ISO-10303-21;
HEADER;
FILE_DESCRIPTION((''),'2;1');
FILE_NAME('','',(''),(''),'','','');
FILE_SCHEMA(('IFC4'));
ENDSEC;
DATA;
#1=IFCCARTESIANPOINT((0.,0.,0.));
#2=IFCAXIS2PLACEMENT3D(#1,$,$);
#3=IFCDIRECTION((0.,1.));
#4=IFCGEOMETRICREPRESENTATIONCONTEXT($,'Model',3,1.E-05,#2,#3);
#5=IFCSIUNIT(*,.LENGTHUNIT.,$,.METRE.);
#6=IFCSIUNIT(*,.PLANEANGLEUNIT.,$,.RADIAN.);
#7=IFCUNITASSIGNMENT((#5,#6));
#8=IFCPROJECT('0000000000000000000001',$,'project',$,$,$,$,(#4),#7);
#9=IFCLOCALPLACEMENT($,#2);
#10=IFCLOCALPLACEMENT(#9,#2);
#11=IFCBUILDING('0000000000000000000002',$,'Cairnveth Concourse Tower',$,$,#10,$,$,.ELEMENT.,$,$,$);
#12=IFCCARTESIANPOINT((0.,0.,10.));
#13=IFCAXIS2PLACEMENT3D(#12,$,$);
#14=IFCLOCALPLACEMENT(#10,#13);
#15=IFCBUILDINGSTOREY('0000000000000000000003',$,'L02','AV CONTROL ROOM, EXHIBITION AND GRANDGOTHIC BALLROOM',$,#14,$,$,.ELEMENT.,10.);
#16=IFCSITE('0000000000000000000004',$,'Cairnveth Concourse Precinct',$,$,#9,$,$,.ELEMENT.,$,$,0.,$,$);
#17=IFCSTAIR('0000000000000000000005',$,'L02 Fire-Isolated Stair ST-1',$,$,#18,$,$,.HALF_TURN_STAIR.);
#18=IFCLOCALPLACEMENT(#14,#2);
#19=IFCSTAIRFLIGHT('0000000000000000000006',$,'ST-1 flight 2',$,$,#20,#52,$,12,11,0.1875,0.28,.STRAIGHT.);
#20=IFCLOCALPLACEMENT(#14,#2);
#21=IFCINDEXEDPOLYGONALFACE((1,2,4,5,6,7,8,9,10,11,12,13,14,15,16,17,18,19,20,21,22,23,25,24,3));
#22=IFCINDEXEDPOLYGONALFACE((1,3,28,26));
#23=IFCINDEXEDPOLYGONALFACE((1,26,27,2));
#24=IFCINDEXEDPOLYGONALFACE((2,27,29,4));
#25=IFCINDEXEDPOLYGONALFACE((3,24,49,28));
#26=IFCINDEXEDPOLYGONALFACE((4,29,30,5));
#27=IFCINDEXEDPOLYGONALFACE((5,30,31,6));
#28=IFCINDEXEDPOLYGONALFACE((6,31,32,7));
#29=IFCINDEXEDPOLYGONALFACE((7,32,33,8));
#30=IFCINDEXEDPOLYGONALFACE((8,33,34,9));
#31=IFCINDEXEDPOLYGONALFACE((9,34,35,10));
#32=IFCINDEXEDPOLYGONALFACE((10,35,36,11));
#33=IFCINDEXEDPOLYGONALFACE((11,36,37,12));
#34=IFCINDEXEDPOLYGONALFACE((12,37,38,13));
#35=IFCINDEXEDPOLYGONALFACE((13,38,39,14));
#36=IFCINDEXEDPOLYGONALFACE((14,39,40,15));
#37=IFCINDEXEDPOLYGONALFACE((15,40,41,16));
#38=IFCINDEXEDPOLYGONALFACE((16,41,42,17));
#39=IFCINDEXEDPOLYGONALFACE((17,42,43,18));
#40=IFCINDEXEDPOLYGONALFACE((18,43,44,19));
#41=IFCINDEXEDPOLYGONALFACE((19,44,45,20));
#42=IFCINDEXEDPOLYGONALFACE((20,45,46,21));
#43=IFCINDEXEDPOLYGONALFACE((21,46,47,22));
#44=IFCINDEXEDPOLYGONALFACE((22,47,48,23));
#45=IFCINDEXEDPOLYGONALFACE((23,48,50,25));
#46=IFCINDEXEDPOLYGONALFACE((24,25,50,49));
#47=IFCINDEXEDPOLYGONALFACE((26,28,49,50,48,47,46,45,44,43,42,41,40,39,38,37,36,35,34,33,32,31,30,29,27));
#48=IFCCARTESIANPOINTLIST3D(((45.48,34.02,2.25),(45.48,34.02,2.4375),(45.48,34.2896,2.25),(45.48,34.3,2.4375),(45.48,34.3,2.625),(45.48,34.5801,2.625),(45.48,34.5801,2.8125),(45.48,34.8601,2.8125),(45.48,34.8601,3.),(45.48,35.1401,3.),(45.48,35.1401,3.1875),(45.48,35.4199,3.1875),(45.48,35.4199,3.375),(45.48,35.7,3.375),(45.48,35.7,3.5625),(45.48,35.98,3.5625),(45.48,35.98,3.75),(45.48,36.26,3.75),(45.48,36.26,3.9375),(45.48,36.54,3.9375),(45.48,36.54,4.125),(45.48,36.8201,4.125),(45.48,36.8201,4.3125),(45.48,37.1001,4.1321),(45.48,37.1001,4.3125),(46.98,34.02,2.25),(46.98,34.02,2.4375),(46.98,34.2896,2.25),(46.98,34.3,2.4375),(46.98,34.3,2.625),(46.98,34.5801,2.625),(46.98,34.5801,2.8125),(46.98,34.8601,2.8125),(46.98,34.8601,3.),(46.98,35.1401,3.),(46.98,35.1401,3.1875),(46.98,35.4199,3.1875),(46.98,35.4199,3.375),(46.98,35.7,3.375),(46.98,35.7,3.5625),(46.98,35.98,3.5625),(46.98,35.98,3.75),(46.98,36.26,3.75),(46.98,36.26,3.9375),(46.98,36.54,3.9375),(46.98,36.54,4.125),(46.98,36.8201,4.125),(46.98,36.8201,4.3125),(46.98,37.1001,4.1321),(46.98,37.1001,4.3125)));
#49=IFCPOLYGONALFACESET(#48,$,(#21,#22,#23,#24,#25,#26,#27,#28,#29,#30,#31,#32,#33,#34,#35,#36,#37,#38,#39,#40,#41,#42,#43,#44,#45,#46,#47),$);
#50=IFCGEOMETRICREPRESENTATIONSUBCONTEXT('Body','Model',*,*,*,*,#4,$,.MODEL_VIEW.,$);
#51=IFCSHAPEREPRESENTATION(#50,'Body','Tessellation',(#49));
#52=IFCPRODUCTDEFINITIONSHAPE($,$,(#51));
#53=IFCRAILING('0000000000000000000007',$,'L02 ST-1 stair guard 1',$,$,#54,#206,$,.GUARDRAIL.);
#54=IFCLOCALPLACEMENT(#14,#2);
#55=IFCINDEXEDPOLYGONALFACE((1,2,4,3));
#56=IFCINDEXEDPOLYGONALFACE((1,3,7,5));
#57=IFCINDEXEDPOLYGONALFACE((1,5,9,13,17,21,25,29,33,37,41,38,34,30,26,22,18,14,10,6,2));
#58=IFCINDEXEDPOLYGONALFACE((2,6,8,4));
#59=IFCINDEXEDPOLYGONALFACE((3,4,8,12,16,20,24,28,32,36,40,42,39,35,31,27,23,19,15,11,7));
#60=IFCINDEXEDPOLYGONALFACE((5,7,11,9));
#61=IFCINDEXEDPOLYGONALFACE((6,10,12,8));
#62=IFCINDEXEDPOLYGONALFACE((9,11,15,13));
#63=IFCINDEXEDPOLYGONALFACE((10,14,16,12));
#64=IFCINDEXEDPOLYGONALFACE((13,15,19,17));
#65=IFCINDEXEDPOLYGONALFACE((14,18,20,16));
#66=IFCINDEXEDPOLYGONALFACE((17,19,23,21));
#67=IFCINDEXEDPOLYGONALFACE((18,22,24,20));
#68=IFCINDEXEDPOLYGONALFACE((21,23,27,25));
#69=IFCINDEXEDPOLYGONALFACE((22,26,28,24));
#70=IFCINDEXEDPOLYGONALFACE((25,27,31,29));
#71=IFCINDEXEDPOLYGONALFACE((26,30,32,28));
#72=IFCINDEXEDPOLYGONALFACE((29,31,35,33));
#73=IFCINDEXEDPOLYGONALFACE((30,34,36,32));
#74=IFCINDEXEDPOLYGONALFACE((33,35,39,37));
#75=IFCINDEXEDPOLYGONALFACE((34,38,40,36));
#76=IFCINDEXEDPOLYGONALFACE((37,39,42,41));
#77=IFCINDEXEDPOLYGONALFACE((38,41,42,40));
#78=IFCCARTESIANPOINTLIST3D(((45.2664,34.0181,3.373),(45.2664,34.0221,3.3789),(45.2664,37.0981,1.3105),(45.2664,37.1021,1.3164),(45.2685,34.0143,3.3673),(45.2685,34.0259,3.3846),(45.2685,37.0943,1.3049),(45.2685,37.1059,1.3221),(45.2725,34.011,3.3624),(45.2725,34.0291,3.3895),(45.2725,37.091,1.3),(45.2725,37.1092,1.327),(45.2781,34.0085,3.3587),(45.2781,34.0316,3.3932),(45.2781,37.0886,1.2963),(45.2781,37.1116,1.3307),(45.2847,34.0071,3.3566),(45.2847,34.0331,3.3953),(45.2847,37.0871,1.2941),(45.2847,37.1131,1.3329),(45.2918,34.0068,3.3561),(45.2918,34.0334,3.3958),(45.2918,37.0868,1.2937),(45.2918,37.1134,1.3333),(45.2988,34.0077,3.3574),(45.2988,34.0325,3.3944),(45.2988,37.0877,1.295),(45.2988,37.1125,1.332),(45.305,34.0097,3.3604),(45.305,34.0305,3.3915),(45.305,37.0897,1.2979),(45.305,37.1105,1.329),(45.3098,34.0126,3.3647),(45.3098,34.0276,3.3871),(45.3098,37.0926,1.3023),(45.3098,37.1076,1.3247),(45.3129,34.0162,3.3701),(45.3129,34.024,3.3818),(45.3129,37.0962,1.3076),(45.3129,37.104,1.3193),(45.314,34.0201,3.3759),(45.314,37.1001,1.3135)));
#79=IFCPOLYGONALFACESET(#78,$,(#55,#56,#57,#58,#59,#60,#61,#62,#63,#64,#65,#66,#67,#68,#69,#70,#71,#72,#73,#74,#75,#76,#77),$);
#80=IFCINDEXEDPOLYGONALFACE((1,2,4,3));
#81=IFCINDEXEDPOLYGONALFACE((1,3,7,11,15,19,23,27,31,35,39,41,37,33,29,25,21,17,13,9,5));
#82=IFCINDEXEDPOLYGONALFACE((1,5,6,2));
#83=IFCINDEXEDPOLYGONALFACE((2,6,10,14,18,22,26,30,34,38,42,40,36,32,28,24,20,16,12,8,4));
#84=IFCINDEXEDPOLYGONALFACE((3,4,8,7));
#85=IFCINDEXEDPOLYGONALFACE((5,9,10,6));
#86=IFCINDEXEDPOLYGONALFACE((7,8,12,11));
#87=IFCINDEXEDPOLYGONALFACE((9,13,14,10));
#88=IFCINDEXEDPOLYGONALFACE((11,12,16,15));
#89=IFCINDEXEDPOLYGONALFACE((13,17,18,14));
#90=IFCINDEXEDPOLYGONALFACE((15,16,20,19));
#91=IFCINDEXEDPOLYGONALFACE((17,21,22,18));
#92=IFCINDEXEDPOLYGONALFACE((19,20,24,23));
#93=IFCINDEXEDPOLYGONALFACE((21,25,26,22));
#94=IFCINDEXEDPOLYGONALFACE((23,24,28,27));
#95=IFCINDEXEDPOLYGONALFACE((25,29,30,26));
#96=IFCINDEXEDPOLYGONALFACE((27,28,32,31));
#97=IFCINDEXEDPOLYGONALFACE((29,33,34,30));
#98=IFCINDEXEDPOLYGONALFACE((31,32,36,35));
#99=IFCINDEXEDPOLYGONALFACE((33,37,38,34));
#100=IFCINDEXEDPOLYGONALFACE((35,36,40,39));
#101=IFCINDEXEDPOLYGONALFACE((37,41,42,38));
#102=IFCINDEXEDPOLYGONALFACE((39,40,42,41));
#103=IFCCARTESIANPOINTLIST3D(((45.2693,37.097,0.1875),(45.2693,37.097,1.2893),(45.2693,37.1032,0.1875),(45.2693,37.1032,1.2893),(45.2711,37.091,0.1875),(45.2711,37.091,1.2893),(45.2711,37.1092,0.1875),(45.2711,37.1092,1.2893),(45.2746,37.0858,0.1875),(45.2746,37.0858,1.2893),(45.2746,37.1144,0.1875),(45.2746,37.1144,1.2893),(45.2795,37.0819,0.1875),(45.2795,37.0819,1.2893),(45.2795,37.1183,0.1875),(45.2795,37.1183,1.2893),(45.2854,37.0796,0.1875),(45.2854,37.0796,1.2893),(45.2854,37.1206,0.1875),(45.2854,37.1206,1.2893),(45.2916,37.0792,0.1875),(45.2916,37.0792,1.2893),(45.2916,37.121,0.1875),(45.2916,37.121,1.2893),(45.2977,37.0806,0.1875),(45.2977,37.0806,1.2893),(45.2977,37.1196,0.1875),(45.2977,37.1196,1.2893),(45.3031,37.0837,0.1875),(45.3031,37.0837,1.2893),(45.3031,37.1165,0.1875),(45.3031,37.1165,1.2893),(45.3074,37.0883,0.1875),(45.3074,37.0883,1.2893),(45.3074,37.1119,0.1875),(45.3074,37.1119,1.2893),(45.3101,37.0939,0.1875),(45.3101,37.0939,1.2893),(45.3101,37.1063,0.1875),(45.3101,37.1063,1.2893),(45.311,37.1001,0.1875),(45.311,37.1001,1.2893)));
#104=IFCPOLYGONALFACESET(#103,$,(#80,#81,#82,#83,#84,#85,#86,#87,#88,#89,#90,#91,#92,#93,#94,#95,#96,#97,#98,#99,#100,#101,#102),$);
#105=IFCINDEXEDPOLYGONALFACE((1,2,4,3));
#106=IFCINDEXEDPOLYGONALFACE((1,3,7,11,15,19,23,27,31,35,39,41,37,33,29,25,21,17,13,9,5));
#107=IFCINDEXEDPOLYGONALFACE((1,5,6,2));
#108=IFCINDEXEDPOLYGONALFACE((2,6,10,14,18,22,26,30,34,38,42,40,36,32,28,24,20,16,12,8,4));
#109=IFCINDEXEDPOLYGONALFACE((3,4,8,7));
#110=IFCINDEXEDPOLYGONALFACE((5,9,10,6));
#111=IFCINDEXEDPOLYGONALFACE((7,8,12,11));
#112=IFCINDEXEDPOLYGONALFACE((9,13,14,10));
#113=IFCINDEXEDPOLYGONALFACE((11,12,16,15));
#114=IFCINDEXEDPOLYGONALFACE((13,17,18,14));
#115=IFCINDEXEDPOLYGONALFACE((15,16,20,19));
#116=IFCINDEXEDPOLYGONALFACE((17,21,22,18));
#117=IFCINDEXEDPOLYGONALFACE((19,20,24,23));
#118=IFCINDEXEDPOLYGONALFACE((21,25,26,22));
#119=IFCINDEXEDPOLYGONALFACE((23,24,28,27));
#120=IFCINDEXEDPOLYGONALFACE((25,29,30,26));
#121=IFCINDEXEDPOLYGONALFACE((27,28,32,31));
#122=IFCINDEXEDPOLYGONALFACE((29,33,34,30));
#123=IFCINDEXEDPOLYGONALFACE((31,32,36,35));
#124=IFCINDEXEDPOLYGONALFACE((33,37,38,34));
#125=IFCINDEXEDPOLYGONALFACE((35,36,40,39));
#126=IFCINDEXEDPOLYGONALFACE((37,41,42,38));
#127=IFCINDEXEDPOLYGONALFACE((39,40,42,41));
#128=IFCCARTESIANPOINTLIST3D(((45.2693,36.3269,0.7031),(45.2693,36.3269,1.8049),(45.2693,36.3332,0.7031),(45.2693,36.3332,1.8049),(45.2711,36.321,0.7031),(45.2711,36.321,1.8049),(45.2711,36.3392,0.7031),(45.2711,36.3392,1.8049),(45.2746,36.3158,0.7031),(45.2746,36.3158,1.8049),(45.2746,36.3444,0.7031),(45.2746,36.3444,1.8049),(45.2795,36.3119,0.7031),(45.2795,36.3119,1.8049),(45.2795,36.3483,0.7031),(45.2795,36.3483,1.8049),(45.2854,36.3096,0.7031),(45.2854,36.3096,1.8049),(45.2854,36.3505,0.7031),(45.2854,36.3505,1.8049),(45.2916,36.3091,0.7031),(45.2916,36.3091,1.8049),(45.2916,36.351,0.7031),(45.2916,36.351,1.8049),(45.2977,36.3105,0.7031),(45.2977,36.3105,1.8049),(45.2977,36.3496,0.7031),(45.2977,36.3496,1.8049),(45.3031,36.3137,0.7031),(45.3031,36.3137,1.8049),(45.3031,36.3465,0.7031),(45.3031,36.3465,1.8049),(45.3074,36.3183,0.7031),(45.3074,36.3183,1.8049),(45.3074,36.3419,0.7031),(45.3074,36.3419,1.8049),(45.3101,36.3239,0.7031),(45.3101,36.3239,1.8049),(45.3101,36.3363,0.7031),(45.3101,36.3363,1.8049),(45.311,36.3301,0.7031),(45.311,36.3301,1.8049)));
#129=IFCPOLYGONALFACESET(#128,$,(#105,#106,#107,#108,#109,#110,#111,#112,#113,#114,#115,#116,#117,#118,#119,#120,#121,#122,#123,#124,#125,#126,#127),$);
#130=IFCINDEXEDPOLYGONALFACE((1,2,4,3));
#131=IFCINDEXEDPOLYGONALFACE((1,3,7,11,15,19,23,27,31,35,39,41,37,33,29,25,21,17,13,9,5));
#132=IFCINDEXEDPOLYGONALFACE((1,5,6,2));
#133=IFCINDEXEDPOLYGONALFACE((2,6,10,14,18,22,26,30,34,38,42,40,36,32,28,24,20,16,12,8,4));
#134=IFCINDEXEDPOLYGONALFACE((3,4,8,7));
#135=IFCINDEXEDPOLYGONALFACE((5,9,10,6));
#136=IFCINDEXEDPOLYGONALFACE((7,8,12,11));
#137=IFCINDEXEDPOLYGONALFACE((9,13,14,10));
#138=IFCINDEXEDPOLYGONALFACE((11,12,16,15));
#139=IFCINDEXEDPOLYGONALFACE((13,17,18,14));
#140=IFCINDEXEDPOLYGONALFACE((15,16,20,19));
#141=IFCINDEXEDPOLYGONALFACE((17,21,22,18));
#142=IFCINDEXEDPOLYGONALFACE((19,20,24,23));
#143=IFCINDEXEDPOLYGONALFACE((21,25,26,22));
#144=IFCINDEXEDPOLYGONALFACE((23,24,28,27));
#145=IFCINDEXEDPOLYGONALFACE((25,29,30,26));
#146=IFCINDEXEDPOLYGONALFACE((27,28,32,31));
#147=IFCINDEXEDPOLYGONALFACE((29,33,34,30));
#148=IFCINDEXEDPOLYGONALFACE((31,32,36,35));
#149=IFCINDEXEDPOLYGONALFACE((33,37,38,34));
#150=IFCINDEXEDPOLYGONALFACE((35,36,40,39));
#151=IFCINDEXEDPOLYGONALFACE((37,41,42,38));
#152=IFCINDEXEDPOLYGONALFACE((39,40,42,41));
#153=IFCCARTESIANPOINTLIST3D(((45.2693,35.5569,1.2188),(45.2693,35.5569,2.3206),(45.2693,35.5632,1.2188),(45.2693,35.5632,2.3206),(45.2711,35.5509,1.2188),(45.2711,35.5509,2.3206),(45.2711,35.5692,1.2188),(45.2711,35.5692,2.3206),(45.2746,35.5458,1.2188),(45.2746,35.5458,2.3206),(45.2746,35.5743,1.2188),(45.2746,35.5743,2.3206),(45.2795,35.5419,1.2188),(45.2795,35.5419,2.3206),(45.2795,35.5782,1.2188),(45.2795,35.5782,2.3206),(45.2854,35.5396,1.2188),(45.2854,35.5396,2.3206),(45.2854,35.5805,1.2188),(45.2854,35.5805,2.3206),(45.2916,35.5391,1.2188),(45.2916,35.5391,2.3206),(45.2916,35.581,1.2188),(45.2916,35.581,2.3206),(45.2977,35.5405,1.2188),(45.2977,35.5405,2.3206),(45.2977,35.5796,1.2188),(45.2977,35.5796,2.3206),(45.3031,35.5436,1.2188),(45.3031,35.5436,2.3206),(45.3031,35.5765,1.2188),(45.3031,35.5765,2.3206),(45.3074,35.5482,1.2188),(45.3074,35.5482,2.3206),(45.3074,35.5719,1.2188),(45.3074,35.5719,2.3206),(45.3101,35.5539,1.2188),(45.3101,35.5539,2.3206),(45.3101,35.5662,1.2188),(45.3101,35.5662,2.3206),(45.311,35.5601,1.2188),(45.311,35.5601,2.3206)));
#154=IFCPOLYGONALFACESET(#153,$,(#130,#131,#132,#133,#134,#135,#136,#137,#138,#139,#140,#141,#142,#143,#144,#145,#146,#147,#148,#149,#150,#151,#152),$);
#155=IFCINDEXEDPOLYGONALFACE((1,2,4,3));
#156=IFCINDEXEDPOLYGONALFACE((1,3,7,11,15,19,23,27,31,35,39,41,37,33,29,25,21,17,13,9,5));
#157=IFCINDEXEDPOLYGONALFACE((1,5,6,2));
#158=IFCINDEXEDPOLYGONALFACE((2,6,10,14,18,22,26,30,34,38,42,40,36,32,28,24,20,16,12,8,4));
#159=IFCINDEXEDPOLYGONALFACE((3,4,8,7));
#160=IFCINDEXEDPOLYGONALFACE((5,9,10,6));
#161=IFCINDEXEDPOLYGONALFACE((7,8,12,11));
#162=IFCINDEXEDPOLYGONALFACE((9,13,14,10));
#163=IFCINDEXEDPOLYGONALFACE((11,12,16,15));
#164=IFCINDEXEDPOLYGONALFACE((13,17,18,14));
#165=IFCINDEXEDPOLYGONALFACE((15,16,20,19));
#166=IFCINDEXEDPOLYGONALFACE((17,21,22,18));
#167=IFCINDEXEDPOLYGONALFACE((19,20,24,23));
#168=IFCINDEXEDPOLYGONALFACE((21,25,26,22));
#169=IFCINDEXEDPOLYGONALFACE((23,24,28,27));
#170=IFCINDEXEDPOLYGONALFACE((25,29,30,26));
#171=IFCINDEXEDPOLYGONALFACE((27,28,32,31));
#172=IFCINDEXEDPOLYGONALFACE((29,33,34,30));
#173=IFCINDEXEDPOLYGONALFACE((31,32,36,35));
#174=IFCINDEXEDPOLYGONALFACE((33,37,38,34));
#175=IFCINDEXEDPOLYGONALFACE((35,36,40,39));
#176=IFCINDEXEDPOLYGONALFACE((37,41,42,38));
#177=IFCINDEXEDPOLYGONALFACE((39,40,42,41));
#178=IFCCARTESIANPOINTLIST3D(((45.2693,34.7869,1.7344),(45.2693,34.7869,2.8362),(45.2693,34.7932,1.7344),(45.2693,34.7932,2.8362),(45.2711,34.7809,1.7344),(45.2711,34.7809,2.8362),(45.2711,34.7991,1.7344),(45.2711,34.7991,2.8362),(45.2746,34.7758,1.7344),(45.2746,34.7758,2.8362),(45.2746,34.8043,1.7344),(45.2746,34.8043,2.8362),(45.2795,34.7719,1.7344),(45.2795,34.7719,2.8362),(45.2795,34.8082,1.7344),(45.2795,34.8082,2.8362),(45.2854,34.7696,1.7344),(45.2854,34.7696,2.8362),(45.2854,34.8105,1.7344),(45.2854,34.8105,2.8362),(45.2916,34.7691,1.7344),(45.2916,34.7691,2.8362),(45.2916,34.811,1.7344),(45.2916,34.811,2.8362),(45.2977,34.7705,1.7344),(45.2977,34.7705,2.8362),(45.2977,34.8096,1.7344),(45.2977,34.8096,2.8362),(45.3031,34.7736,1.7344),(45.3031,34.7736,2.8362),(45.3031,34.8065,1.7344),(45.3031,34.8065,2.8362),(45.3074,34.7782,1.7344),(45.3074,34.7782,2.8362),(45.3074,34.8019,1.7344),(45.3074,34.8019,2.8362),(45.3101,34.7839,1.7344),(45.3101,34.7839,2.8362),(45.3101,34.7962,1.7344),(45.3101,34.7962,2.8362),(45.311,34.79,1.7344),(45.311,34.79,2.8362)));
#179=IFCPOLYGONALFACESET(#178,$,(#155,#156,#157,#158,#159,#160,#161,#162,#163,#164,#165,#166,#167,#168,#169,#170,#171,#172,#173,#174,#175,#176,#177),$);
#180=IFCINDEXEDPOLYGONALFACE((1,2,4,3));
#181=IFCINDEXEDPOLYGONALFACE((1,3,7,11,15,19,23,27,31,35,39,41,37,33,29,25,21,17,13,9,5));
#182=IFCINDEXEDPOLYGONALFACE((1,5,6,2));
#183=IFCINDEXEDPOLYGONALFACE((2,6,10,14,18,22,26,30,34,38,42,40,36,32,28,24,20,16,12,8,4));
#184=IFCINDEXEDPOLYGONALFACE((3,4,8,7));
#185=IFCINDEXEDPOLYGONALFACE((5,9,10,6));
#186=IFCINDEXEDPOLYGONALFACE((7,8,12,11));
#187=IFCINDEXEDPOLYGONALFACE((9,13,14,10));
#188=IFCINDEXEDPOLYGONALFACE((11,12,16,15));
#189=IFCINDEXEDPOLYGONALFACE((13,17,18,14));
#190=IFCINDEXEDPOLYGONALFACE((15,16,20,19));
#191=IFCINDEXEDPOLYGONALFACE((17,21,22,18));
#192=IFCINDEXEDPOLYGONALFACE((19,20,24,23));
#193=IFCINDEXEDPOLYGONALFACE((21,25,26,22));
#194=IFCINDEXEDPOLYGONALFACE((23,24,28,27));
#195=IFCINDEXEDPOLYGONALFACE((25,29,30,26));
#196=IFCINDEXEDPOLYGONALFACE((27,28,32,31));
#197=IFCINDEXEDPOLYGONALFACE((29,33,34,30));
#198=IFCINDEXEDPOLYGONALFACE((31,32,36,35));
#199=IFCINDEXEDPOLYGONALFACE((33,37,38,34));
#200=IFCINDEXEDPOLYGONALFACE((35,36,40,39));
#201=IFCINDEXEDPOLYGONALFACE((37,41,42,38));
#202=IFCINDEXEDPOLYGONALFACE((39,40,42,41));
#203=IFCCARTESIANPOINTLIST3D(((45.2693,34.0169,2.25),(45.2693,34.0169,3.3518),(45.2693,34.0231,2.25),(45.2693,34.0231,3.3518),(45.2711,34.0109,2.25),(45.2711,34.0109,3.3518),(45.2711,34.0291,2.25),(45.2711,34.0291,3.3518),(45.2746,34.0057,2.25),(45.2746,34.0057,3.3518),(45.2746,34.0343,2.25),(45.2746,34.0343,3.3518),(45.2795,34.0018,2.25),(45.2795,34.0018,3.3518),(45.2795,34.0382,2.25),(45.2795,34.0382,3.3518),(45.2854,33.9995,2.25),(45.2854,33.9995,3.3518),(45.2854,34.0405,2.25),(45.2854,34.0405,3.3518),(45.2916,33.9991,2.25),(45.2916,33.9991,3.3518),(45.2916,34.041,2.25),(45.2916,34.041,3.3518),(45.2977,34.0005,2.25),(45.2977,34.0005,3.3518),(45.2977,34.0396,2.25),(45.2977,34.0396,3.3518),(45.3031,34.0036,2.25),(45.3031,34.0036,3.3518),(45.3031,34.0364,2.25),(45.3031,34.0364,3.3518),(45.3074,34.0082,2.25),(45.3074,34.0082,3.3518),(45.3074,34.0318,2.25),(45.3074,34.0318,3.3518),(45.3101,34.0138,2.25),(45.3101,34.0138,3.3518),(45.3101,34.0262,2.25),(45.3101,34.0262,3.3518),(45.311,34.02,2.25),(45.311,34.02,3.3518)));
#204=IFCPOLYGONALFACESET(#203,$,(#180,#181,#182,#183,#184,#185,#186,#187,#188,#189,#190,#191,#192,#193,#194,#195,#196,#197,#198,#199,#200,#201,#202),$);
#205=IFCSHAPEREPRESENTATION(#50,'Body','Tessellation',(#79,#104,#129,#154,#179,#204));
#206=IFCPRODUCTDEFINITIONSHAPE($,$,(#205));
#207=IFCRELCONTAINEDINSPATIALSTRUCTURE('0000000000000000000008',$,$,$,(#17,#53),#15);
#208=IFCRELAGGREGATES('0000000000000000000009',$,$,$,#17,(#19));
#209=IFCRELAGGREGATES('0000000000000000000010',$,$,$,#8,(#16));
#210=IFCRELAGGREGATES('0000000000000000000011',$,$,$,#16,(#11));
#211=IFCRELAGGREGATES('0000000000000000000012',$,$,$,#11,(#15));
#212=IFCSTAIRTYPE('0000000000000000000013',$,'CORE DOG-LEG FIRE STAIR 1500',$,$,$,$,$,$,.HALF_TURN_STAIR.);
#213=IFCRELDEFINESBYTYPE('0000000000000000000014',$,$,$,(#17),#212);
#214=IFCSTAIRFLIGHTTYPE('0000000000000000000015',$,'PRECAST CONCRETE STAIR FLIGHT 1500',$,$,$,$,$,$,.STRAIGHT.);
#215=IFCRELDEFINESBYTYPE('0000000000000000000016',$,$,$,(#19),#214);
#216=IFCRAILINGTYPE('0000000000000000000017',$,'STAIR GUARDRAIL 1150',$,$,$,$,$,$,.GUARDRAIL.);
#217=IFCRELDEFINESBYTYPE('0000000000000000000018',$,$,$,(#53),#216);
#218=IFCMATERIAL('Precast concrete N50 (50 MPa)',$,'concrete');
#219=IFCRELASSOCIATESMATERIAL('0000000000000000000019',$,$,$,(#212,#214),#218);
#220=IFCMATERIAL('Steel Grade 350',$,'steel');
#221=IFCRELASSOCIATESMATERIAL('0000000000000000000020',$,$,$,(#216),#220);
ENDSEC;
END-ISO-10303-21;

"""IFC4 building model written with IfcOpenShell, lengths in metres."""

from ifc_helpers import new_model, si_unit, direction, frame, origin, origin_2d, place, context, subcontext, project, spatial, polyline, circle, outline, extrude, material, type_object, element, aggregate, save


model = new_model("IFC4")

# Units and contexts
model_context = context("Model", 3, precision=1e-05, world=origin(), true_north=direction((0.0, 1.0)))
body_context = subcontext(model_context, "Body", "Model", "MODEL_VIEW")
ifc_project = project(units=[si_unit("LENGTHUNIT", "METRE"), si_unit("PLANEANGLEUNIT", "RADIAN")], contexts=[model_context])

# Site, building, storey
site_placement = place(None, origin())
site = spatial("IfcSite", under=ifc_project, at=site_placement, Name="Cairnveth Concourse Precinct", CompositionType="ELEMENT", RefElevation=0.0)
building_placement = place(site_placement, origin())
building = spatial("IfcBuilding", under=site, at=building_placement, Name="Cairnveth Concourse Tower", CompositionType="ELEMENT")
storey_placement = place(building_placement, frame((0.0, 0.0, 10.0)))
storey = spatial("IfcBuildingStorey", under=building, at=storey_placement, Name="L02", Description="AV CONTROL ROOM, EXHIBITION AND GRANDGOTHIC BALLROOM", CompositionType="ELEMENT", Elevation=10.0)

# Shared definitions
ifc_material_1 = material(Name="Precast concrete N50 (50 MPa)", Category="concrete")
ifc_material_2 = material(Name="Steel Grade 350", Category="steel")

# Stair, stair flight
stair_type = type_object("IfcStairType", Name="CORE DOG-LEG FIRE STAIR 1500", PredefinedType="HALF_TURN_STAIR", material=ifc_material_1)
stair_placement = place(storey_placement, origin())
stair = element("IfcStair", 1, at=stair_placement, inside=storey, type_object=stair_type, Name="L02 Fire-Isolated Stair ST-1", PredefinedType="HALF_TURN_STAIR")
stair_flight_type = type_object("IfcStairFlightType", Name="PRECAST CONCRETE STAIR FLIGHT 1500", PredefinedType="STRAIGHT", material=ifc_material_1)
stair_flight_1_placement = place(storey_placement, frame((46.23, 34.02, 2.25), z_axis=(0.0, 0.0, 1.0), x_axis=(0.0, 1.0, 0.0)))
stair_flight_1 = element("IfcStairFlight", 2, at=stair_flight_1_placement, type_object=stair_flight_type, Name="ST-1 flight 2", NumberOfRisers=12, NumberOfTreads=11, PredefinedType="STRAIGHT", RiserHeight=0.1875, TreadLength=0.28, context=body_context, shape_type="SweptSolid", body=[
    extrude(outline(polyline([(0.0, 0.0), (0.0, 0.1875), (0.28, 0.1875), (0.28, 0.375), (0.5601, 0.375), (0.5601, 0.5625), (0.8401, 0.5625), (0.8401, 0.75), (1.1201, 0.75), (1.1201, 0.9375), (1.3999, 0.9375), (1.3999, 1.125), (1.6799, 1.125), (1.6799, 1.3125), (1.96, 1.3125), (1.96, 1.5), (2.24, 1.5), (2.24, 1.6875), (2.52, 1.6875), (2.52, 1.875), (2.8, 1.875), (2.8, 2.0625), (3.0801, 2.0625), (3.0801, 2.25), (3.0801, 1.8821), (0.2695, 0.0), (0.0, 0.0)])), frame((0.0, 0.75, 0.0), z_axis=(0.0, -1.0, 0.0), x_axis=(1.0, 0.0, 0.0)), (0.0, 0.0, 1.0), 1.5),
])
aggregate(stair, [stair_flight_1])

# Railing
railing_type_1 = type_object("IfcRailingType", Name="STAIR GUARDRAIL 1150", PredefinedType="GUARDRAIL", material=ifc_material_2)
railing_1_placement = place(storey_placement, frame((45.29, 37.1001, 0.1875)))
element("IfcRailing", 3, at=railing_1_placement, inside=storey, type_object=railing_type_1, Name="L02 ST-1 stair guard 1", PredefinedType="GUARDRAIL", context=body_context, shape_type="SweptSolid", body=[
    extrude(circle(Radius=0.0239, at=origin_2d()), frame((0.0, 0.0, 1.126), z_axis=(0.0, -0.830914, 0.556401), x_axis=(1.0, 0.0, 0.0)), (0.0, 0.0, 1.0), 3.7068),
    extrude(circle(Radius=0.021, at=origin_2d()), origin(), (0.0, 0.0, 1.0), 1.1018),
    extrude(circle(Radius=0.021, at=origin_2d()), frame((0.0, -0.77, 0.5156)), (0.0, 0.0, 1.0), 1.1018),
    extrude(circle(Radius=0.021, at=origin_2d()), frame((0.0, -1.54, 1.0312)), (0.0, 0.0, 1.0), 1.1018),
    extrude(circle(Radius=0.021, at=origin_2d()), frame((0.0, -2.3101, 1.5469)), (0.0, 0.0, 1.0), 1.1018),
    extrude(circle(Radius=0.021, at=origin_2d()), frame((0.0, -3.0801, 2.0625)), (0.0, 0.0, 1.0), 1.1018),
])

save(model, "model.ifc")
